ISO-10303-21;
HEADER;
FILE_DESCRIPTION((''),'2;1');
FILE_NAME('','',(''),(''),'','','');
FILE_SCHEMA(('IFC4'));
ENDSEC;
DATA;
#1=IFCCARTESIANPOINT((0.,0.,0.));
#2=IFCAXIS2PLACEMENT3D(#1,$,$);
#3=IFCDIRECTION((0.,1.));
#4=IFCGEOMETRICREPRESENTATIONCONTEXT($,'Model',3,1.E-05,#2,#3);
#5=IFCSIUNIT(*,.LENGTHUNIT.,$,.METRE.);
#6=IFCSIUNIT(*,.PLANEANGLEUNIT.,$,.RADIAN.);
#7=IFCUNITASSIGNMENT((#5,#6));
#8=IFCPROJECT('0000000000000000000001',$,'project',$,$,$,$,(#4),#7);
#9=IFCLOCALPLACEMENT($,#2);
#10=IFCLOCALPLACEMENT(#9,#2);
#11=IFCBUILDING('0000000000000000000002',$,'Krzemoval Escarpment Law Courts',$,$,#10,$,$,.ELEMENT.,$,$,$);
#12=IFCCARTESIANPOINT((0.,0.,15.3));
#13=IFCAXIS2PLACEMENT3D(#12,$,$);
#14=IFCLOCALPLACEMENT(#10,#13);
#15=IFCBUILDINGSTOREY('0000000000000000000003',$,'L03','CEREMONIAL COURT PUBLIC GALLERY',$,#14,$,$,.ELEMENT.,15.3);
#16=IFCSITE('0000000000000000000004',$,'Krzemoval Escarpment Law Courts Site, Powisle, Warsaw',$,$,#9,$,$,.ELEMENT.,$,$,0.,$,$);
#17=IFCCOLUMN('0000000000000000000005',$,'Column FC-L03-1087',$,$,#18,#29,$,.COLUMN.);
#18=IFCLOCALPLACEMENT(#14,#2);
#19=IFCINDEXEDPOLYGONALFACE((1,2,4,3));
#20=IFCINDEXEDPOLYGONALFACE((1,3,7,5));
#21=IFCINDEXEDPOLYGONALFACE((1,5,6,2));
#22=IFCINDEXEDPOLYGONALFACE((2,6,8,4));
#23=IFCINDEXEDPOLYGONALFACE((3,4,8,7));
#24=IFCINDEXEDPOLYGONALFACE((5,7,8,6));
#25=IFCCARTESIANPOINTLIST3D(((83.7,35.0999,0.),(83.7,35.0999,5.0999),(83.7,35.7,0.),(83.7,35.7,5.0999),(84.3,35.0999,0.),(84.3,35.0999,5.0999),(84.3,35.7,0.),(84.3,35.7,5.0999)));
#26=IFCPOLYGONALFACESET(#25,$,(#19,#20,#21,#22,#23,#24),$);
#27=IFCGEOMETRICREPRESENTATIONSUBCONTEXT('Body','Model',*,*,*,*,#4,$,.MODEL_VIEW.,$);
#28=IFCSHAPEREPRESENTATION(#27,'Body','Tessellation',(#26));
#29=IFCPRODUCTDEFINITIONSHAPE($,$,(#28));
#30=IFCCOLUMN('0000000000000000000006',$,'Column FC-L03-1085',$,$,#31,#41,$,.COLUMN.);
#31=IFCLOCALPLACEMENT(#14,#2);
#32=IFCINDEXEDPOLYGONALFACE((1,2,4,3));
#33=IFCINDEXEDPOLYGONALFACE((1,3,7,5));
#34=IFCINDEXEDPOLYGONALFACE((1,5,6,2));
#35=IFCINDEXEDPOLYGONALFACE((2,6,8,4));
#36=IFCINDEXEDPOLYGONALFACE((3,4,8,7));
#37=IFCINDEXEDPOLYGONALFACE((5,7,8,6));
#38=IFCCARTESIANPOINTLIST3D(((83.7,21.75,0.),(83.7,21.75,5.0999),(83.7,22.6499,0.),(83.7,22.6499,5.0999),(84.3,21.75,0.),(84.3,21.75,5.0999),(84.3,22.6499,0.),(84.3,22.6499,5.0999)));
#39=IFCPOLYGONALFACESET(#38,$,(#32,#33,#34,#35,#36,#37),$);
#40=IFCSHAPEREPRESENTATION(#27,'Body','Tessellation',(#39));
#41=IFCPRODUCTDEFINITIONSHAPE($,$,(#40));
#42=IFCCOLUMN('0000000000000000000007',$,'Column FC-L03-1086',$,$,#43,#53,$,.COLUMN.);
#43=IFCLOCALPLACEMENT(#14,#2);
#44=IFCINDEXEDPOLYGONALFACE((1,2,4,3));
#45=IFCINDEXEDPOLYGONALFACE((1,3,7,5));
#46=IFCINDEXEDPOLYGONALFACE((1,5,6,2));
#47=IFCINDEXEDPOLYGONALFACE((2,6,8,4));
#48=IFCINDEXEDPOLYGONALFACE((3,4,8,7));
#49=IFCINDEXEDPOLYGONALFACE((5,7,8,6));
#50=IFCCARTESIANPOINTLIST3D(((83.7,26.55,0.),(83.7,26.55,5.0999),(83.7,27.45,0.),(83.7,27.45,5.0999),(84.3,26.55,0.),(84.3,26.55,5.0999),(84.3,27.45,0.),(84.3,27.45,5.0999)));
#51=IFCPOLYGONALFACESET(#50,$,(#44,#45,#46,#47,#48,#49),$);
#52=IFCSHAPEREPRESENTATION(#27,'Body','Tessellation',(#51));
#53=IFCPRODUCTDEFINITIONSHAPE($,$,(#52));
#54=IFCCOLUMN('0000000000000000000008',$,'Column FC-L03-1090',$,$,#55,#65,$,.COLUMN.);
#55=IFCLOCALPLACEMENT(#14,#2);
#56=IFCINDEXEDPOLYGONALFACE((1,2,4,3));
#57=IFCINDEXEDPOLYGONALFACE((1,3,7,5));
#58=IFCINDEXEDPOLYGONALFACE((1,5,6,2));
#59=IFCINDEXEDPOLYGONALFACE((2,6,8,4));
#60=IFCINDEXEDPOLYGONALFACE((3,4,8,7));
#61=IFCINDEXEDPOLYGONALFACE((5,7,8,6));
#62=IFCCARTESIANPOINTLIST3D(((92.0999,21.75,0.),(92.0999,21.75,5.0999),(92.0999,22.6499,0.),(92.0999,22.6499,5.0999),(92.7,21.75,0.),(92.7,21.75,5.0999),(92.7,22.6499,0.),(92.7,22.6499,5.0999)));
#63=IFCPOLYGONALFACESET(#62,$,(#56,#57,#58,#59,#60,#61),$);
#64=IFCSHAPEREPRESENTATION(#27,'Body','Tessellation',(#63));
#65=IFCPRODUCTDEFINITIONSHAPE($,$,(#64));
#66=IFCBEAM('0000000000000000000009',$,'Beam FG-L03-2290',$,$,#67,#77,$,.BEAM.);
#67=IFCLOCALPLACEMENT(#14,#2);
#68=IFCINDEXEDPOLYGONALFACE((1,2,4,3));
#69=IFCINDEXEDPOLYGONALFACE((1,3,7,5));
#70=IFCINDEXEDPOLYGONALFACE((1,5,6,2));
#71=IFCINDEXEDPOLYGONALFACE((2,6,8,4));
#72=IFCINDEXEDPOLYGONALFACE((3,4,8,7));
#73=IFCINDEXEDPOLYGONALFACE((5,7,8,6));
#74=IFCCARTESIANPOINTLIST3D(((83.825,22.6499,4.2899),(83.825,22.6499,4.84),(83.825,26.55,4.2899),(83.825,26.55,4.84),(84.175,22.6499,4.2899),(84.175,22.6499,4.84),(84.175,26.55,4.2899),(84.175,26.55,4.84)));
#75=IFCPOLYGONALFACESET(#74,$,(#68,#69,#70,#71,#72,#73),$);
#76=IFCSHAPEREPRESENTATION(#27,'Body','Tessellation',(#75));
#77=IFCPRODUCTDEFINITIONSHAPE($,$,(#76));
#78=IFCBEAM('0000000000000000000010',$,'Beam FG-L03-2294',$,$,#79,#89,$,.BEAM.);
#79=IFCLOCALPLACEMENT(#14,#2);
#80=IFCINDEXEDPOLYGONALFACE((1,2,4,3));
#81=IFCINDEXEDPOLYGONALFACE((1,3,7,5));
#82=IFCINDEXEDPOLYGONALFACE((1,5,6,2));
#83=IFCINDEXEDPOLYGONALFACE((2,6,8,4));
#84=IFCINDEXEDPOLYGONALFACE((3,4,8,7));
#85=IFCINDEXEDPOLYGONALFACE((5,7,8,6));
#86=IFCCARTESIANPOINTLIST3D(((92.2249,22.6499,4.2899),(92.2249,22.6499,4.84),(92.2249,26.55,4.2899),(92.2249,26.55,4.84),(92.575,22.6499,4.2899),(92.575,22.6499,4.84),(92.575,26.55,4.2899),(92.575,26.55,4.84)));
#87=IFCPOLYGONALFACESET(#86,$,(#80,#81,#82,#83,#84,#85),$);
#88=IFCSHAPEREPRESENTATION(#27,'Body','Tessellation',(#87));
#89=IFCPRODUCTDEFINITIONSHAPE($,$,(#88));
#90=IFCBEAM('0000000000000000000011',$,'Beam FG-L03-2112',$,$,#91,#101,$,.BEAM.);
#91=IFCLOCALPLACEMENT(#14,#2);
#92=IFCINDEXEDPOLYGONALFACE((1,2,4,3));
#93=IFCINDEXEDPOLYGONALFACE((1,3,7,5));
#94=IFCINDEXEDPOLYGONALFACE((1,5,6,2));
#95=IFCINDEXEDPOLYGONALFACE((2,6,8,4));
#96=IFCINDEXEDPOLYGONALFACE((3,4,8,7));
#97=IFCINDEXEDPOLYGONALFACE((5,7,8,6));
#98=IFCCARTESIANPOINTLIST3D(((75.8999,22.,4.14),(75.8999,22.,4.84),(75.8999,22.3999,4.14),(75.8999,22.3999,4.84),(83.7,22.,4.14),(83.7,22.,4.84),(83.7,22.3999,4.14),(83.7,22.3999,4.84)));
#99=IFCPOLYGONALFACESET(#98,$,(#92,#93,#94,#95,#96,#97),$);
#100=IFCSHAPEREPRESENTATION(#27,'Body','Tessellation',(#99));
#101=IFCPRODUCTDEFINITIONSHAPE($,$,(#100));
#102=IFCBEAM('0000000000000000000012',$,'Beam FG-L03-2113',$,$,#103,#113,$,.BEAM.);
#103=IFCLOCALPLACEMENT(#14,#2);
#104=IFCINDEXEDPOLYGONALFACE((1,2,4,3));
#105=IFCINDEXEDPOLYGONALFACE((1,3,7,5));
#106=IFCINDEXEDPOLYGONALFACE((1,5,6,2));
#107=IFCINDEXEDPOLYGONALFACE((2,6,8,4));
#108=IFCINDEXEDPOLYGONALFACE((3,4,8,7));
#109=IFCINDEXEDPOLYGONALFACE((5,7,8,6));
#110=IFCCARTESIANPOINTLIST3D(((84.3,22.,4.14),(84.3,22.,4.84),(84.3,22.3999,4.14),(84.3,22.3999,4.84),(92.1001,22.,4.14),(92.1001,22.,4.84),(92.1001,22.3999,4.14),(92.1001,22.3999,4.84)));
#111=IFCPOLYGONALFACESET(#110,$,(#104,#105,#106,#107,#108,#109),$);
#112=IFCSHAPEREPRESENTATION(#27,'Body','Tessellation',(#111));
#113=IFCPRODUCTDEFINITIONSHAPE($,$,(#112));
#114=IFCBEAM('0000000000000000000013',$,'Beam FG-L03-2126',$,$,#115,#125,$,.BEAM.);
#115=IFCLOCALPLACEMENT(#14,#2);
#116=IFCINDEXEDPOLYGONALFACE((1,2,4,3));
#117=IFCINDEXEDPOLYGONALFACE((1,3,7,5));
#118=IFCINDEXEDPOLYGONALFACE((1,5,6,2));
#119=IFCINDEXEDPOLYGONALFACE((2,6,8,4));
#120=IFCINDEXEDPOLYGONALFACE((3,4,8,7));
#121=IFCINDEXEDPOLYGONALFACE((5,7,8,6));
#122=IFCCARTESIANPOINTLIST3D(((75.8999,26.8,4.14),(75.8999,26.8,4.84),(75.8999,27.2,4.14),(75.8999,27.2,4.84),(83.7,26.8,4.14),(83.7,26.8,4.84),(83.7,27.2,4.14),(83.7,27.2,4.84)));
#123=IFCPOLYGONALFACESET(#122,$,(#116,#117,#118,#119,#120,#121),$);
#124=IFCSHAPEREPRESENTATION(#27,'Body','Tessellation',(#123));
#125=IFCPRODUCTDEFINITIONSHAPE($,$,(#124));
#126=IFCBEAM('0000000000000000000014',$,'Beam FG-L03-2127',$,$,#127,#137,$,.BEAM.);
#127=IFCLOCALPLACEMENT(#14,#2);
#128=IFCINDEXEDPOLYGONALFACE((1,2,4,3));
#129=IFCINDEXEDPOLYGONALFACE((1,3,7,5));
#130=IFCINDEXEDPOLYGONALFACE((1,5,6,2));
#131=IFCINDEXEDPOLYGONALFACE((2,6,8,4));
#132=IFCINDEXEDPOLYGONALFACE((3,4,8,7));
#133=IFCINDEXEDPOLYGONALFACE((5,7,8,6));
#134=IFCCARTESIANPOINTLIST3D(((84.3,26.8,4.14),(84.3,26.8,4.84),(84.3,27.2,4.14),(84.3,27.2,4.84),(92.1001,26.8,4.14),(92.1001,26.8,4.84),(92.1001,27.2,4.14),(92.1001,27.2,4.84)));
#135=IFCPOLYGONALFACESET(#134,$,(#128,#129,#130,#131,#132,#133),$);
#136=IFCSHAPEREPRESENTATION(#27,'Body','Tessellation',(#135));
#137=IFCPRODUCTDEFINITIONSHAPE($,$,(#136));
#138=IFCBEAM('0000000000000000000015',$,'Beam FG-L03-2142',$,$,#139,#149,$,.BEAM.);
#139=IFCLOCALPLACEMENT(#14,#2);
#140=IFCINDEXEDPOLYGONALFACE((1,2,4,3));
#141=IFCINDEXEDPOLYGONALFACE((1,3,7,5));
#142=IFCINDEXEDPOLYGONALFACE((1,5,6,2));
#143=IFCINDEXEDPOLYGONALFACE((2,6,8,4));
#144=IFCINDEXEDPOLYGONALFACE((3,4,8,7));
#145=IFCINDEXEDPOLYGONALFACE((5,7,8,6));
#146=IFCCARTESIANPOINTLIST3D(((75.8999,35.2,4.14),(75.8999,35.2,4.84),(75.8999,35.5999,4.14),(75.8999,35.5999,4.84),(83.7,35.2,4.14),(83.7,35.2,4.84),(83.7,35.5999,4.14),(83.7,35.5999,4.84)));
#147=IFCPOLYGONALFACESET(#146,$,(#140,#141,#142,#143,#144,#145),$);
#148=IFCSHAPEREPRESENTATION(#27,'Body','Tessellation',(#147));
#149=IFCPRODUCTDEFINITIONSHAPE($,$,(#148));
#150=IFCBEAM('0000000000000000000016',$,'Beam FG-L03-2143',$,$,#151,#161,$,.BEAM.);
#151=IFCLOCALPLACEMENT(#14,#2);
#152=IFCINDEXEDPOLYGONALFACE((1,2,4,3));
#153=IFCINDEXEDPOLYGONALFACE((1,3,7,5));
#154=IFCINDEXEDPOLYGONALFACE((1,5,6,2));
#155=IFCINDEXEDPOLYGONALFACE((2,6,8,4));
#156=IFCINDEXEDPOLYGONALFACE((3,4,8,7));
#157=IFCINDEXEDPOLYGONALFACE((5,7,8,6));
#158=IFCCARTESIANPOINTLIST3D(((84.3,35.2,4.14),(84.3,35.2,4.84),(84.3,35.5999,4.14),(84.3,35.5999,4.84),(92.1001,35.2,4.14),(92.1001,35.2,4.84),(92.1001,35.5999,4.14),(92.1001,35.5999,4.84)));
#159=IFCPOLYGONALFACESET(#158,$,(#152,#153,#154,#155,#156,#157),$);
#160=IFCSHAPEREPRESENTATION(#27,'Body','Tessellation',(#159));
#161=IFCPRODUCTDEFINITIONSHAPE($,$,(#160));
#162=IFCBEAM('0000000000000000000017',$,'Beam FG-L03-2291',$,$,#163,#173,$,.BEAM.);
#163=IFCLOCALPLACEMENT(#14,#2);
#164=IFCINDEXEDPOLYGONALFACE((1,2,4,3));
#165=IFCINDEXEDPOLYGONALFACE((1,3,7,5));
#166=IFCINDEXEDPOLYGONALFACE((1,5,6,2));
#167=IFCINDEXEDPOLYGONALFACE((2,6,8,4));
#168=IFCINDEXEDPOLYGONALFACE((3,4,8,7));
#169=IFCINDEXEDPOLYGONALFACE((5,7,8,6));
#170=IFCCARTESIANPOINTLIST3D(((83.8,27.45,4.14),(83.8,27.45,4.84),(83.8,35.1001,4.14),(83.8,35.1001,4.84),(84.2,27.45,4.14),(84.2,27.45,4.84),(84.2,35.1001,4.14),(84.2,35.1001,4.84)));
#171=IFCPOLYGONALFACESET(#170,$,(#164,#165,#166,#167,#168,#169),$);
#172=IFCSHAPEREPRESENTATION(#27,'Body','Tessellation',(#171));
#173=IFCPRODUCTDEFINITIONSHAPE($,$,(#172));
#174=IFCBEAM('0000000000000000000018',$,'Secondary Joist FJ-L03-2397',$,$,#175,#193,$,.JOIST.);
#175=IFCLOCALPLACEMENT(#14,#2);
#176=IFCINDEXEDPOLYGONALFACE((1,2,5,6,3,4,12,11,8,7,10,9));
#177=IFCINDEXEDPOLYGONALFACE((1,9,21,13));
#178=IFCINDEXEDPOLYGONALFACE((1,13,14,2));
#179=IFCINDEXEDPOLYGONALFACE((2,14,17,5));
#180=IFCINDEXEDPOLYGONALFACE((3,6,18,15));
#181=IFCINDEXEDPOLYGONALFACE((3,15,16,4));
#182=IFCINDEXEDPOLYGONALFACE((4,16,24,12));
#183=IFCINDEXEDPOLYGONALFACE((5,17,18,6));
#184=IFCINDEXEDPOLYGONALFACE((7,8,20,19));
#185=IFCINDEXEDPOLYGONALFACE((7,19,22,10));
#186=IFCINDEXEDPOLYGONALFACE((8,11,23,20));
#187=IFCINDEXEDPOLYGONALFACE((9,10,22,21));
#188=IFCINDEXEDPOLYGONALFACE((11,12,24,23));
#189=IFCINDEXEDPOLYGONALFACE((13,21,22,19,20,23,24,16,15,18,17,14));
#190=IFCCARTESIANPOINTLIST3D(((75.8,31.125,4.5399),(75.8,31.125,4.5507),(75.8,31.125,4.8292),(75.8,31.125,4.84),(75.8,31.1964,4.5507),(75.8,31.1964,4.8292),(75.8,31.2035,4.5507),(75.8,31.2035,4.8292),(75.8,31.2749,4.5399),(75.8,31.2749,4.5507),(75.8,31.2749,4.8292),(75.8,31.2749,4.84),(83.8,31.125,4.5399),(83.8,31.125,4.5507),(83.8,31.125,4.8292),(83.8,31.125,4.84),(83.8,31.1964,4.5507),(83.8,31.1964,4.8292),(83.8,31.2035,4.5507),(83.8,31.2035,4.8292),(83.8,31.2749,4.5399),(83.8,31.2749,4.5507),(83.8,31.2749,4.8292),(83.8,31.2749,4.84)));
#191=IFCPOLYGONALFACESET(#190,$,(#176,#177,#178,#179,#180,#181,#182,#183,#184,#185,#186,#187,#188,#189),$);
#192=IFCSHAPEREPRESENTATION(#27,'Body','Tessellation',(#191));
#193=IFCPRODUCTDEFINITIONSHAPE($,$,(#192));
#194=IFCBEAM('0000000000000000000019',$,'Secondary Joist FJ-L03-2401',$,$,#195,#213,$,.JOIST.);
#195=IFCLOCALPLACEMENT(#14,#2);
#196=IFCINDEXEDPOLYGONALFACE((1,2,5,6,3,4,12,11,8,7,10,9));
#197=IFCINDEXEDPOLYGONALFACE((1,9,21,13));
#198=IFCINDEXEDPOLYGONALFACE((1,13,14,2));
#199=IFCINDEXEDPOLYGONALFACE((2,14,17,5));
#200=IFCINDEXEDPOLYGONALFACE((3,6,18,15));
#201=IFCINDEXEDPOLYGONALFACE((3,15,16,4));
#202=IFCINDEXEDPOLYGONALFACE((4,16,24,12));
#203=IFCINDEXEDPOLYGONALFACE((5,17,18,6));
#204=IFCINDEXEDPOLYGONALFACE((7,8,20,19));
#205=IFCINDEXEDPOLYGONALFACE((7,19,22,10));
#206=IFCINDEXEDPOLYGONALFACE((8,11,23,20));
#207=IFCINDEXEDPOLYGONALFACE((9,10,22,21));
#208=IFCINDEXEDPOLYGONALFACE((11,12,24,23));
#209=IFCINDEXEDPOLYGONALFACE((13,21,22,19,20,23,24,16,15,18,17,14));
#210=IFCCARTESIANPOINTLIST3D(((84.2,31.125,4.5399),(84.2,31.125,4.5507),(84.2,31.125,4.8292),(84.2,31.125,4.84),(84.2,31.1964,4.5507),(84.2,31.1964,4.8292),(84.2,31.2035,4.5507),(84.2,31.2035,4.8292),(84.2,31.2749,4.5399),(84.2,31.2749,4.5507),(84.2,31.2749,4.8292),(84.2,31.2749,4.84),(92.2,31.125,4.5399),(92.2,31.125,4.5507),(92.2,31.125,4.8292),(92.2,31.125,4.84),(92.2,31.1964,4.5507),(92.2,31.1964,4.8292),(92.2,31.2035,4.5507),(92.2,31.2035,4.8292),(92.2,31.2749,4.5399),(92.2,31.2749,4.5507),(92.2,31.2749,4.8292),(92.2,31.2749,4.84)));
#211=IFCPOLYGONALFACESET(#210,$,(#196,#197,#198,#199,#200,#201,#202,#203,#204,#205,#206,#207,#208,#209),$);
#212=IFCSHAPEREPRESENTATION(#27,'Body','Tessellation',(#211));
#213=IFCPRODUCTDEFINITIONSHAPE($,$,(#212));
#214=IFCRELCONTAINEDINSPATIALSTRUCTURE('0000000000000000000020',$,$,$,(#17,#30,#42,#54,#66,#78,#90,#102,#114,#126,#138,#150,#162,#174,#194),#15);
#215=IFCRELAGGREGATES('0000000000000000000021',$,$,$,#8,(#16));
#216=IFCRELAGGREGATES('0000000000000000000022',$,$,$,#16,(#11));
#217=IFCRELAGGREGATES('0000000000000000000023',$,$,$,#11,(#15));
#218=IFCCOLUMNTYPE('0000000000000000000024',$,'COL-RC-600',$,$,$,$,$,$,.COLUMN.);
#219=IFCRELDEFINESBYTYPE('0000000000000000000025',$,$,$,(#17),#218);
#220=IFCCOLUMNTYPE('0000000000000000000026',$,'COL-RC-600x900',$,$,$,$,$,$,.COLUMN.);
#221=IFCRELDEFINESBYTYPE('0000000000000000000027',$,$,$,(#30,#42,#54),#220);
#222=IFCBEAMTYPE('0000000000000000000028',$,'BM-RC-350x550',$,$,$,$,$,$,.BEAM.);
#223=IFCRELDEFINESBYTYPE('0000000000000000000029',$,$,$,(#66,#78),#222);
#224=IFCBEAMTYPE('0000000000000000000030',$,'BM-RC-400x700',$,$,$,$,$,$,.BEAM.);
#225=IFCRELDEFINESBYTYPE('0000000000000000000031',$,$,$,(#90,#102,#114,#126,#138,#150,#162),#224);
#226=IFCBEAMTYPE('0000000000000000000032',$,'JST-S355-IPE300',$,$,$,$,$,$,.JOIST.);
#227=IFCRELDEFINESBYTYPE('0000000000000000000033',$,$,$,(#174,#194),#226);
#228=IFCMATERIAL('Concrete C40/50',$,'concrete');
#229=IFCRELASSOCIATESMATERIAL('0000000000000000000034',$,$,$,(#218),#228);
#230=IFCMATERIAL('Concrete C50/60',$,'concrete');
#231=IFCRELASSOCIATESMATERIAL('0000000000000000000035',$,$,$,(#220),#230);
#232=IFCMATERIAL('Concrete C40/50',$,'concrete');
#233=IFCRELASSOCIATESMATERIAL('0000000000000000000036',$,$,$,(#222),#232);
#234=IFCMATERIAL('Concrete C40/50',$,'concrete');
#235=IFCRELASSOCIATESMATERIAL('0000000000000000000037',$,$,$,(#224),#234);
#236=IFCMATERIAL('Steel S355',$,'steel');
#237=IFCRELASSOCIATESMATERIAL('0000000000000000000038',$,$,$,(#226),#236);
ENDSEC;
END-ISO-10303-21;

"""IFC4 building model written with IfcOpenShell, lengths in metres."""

from ifc_helpers import new_model, si_unit, direction, frame, origin, origin_2d, place, context, subcontext, project, spatial, rectangle, i_section, extrude, material, material_profile, profile_set, type_object, element, save


model = new_model("IFC4")

# Units and contexts
model_context = context("Model", 3, precision=1e-05, world=origin(), true_north=direction((0.0, 1.0)))
body_context = subcontext(model_context, "Body", "Model", "MODEL_VIEW")
ifc_project = project(units=[si_unit("LENGTHUNIT", "METRE"), si_unit("PLANEANGLEUNIT", "RADIAN")], contexts=[model_context])

# Site, building, storey
site_placement = place(None, origin())
site = spatial("IfcSite", under=ifc_project, at=site_placement, Name="Krzemoval Escarpment Law Courts Site, Powisle, Warsaw", CompositionType="ELEMENT", RefElevation=0.0)
building_placement = place(site_placement, origin())
building = spatial("IfcBuilding", under=site, at=building_placement, Name="Krzemoval Escarpment Law Courts", CompositionType="ELEMENT")
storey_placement = place(building_placement, frame((0.0, 0.0, 15.3)))
storey = spatial("IfcBuildingStorey", under=building, at=storey_placement, Name="L03", Description="CEREMONIAL COURT PUBLIC GALLERY", CompositionType="ELEMENT", Elevation=15.3)

# Columns
ifc_material_1 = material(Name="Concrete C40/50", Category="concrete")
ifc_material_profile_1 = material_profile(ifc_material_1, rectangle(XDim=0.6001, YDim=0.6001, at=origin_2d()), Name="RC 600x600")
ifc_profile_set_1 = profile_set([ifc_material_profile_1], Name="Concrete C40/50")
column_type_1 = type_object("IfcColumnType", Name="COL-RC-600", PredefinedType="COLUMN", material=ifc_profile_set_1)
column_placement = place(storey_placement, frame((84.0, 35.3999, 0.0), z_axis=(0.0, 0.0, 1.0), x_axis=(1.0, 0.0, 0.0)))
element("IfcColumn", 1, at=column_placement, inside=storey, type_object=column_type_1, Name="Column FC-L03-1087", PredefinedType="COLUMN", context=body_context, shape_type="SweptSolid", body=[
    extrude(rectangle(XDim=0.6001, YDim=0.6001, at=origin_2d()), origin(), (0.0, 0.0, 1.0), 5.0999),
])
ifc_material_2 = material(Name="Concrete C50/60", Category="concrete")
ifc_material_profile_2 = material_profile(ifc_material_2, rectangle(XDim=0.6001, YDim=0.8999, at=origin_2d()), Name="RC 600x900")
ifc_profile_set_2 = profile_set([ifc_material_profile_2], Name="Concrete C50/60")
column_type_2 = type_object("IfcColumnType", Name="COL-RC-600x900", PredefinedType="COLUMN", material=ifc_profile_set_2)
for number, where, z_axis, x_axis, name in (
    (2, (84.0, 22.2, 0.0), (0.0, 0.0, 1.0), (1.0, 0.0, 0.0), "Column FC-L03-1085"),
    (3, (84.0, 27.0, 0.0), (0.0, 0.0, 1.0), (1.0, 0.0, 0.0), "Column FC-L03-1086"),
    (4, (92.3999, 22.2, 0.0), (0.0, 0.0, 1.0), (1.0, 0.0, 0.0), "Column FC-L03-1090"),
):
    element("IfcColumn", number, at=place(storey_placement, frame(where, z_axis=z_axis, x_axis=x_axis)), inside=storey, type_object=column_type_2, Name=name, PredefinedType="COLUMN", context=body_context, shape_type="SweptSolid", body=[
        extrude(rectangle(XDim=0.6001, YDim=0.8999, at=origin_2d()), origin(), (0.0, 0.0, 1.0), 5.0999),
    ])

# Beams
ifc_material_3 = material(Name="Concrete C40/50", Category="concrete")
ifc_material_profile_3 = material_profile(ifc_material_3, rectangle(XDim=0.3501, YDim=0.55, at=origin_2d()), Name="RCB 350x550")
ifc_profile_set_3 = profile_set([ifc_material_profile_3], Name="Concrete C40/50")
beam_type_1 = type_object("IfcBeamType", Name="BM-RC-350x550", PredefinedType="BEAM", material=ifc_profile_set_3)
for number, where, z_axis, x_axis, name in (
    (5, (84.0, 22.6499, 4.5649), (0.0, 1.0, 0.0), (-1.0, 0.0, 0.0), "Beam FG-L03-2290"),
    (6, (92.3999, 22.6499, 4.5649), (0.0, 1.0, 0.0), (-1.0, 0.0, 0.0), "Beam FG-L03-2294"),
):
    element("IfcBeam", number, at=place(storey_placement, frame(where, z_axis=z_axis, x_axis=x_axis)), inside=storey, type_object=beam_type_1, Name=name, PredefinedType="BEAM", context=body_context, shape_type="SweptSolid", body=[
        extrude(rectangle(XDim=0.3501, YDim=0.55, at=origin_2d()), origin(), (0.0, 0.0, 1.0), 3.9001),
    ])
ifc_material_4 = material(Name="Concrete C40/50", Category="concrete")
ifc_material_profile_4 = material_profile(ifc_material_4, rectangle(XDim=0.3999, YDim=0.7, at=origin_2d()), Name="RCB 400x700")
ifc_profile_set_4 = profile_set([ifc_material_profile_4], Name="Concrete C40/50")
beam_type_2 = type_object("IfcBeamType", Name="BM-RC-400x700", PredefinedType="BEAM", material=ifc_profile_set_4)
for number, where, z_axis, x_axis, name in (
    (7, (75.8999, 22.2, 4.49), (1.0, 0.0, 0.0), (0.0, 1.0, 0.0), "Beam FG-L03-2112"),
    (8, (84.3, 22.2, 4.49), (1.0, 0.0, 0.0), (0.0, 1.0, 0.0), "Beam FG-L03-2113"),
    (9, (75.8999, 27.0, 4.49), (1.0, 0.0, 0.0), (0.0, 1.0, 0.0), "Beam FG-L03-2126"),
    (10, (84.3, 27.0, 4.49), (1.0, 0.0, 0.0), (0.0, 1.0, 0.0), "Beam FG-L03-2127"),
    (11, (75.8999, 35.3999, 4.49), (1.0, 0.0, 0.0), (0.0, 1.0, 0.0), "Beam FG-L03-2142"),
    (12, (84.3, 35.3999, 4.49), (1.0, 0.0, 0.0), (0.0, 1.0, 0.0), "Beam FG-L03-2143"),
):
    element("IfcBeam", number, at=place(storey_placement, frame(where, z_axis=z_axis, x_axis=x_axis)), inside=storey, type_object=beam_type_2, Name=name, PredefinedType="BEAM", context=body_context, shape_type="SweptSolid", body=[
        extrude(rectangle(XDim=0.3999, YDim=0.7, at=origin_2d()), origin(), (0.0, 0.0, 1.0), 7.8),
    ])
beam_placement = place(storey_placement, frame((84.0, 27.45, 4.49), z_axis=(0.0, 1.0, 0.0), x_axis=(-1.0, 0.0, 0.0)))
element("IfcBeam", 13, at=beam_placement, inside=storey, type_object=beam_type_2, Name="Beam FG-L03-2291", PredefinedType="BEAM", context=body_context, shape_type="SweptSolid", body=[
    extrude(rectangle(XDim=0.3999, YDim=0.7, at=origin_2d()), origin(), (0.0, 0.0, 1.0), 7.6501),
])
ifc_material_5 = material(Name="Steel S355", Category="steel")
ifc_material_profile_5 = material_profile(ifc_material_5, i_section(OverallWidth=0.1499, OverallDepth=0.3, WebThickness=0.0071, FlangeThickness=0.0107, at=origin_2d()), Name="IPE 300")
ifc_profile_set_5 = profile_set([ifc_material_profile_5], Name="Steel S355")
beam_type_3 = type_object("IfcBeamType", Name="JST-S355-IPE300", PredefinedType="JOIST", material=ifc_profile_set_5)
for number, where, z_axis, x_axis, name in (
    (14, (75.8, 31.2, 4.6899), (1.0, 0.0, 0.0), (0.0, 1.0, 0.0), "Secondary Joist FJ-L03-2397"),
    (15, (84.2, 31.2, 4.6899), (1.0, 0.0, 0.0), (0.0, 1.0, 0.0), "Secondary Joist FJ-L03-2401"),
):
    element("IfcBeam", number, at=place(storey_placement, frame(where, z_axis=z_axis, x_axis=x_axis)), inside=storey, type_object=beam_type_3, Name=name, PredefinedType="JOIST", context=body_context, shape_type="SweptSolid", body=[
        extrude(i_section(OverallWidth=0.1499, OverallDepth=0.3, WebThickness=0.0071, FlangeThickness=0.0107, at=origin_2d()), origin(), (0.0, 0.0, 1.0), 8.0),
    ])

save(model, "model.ifc")
